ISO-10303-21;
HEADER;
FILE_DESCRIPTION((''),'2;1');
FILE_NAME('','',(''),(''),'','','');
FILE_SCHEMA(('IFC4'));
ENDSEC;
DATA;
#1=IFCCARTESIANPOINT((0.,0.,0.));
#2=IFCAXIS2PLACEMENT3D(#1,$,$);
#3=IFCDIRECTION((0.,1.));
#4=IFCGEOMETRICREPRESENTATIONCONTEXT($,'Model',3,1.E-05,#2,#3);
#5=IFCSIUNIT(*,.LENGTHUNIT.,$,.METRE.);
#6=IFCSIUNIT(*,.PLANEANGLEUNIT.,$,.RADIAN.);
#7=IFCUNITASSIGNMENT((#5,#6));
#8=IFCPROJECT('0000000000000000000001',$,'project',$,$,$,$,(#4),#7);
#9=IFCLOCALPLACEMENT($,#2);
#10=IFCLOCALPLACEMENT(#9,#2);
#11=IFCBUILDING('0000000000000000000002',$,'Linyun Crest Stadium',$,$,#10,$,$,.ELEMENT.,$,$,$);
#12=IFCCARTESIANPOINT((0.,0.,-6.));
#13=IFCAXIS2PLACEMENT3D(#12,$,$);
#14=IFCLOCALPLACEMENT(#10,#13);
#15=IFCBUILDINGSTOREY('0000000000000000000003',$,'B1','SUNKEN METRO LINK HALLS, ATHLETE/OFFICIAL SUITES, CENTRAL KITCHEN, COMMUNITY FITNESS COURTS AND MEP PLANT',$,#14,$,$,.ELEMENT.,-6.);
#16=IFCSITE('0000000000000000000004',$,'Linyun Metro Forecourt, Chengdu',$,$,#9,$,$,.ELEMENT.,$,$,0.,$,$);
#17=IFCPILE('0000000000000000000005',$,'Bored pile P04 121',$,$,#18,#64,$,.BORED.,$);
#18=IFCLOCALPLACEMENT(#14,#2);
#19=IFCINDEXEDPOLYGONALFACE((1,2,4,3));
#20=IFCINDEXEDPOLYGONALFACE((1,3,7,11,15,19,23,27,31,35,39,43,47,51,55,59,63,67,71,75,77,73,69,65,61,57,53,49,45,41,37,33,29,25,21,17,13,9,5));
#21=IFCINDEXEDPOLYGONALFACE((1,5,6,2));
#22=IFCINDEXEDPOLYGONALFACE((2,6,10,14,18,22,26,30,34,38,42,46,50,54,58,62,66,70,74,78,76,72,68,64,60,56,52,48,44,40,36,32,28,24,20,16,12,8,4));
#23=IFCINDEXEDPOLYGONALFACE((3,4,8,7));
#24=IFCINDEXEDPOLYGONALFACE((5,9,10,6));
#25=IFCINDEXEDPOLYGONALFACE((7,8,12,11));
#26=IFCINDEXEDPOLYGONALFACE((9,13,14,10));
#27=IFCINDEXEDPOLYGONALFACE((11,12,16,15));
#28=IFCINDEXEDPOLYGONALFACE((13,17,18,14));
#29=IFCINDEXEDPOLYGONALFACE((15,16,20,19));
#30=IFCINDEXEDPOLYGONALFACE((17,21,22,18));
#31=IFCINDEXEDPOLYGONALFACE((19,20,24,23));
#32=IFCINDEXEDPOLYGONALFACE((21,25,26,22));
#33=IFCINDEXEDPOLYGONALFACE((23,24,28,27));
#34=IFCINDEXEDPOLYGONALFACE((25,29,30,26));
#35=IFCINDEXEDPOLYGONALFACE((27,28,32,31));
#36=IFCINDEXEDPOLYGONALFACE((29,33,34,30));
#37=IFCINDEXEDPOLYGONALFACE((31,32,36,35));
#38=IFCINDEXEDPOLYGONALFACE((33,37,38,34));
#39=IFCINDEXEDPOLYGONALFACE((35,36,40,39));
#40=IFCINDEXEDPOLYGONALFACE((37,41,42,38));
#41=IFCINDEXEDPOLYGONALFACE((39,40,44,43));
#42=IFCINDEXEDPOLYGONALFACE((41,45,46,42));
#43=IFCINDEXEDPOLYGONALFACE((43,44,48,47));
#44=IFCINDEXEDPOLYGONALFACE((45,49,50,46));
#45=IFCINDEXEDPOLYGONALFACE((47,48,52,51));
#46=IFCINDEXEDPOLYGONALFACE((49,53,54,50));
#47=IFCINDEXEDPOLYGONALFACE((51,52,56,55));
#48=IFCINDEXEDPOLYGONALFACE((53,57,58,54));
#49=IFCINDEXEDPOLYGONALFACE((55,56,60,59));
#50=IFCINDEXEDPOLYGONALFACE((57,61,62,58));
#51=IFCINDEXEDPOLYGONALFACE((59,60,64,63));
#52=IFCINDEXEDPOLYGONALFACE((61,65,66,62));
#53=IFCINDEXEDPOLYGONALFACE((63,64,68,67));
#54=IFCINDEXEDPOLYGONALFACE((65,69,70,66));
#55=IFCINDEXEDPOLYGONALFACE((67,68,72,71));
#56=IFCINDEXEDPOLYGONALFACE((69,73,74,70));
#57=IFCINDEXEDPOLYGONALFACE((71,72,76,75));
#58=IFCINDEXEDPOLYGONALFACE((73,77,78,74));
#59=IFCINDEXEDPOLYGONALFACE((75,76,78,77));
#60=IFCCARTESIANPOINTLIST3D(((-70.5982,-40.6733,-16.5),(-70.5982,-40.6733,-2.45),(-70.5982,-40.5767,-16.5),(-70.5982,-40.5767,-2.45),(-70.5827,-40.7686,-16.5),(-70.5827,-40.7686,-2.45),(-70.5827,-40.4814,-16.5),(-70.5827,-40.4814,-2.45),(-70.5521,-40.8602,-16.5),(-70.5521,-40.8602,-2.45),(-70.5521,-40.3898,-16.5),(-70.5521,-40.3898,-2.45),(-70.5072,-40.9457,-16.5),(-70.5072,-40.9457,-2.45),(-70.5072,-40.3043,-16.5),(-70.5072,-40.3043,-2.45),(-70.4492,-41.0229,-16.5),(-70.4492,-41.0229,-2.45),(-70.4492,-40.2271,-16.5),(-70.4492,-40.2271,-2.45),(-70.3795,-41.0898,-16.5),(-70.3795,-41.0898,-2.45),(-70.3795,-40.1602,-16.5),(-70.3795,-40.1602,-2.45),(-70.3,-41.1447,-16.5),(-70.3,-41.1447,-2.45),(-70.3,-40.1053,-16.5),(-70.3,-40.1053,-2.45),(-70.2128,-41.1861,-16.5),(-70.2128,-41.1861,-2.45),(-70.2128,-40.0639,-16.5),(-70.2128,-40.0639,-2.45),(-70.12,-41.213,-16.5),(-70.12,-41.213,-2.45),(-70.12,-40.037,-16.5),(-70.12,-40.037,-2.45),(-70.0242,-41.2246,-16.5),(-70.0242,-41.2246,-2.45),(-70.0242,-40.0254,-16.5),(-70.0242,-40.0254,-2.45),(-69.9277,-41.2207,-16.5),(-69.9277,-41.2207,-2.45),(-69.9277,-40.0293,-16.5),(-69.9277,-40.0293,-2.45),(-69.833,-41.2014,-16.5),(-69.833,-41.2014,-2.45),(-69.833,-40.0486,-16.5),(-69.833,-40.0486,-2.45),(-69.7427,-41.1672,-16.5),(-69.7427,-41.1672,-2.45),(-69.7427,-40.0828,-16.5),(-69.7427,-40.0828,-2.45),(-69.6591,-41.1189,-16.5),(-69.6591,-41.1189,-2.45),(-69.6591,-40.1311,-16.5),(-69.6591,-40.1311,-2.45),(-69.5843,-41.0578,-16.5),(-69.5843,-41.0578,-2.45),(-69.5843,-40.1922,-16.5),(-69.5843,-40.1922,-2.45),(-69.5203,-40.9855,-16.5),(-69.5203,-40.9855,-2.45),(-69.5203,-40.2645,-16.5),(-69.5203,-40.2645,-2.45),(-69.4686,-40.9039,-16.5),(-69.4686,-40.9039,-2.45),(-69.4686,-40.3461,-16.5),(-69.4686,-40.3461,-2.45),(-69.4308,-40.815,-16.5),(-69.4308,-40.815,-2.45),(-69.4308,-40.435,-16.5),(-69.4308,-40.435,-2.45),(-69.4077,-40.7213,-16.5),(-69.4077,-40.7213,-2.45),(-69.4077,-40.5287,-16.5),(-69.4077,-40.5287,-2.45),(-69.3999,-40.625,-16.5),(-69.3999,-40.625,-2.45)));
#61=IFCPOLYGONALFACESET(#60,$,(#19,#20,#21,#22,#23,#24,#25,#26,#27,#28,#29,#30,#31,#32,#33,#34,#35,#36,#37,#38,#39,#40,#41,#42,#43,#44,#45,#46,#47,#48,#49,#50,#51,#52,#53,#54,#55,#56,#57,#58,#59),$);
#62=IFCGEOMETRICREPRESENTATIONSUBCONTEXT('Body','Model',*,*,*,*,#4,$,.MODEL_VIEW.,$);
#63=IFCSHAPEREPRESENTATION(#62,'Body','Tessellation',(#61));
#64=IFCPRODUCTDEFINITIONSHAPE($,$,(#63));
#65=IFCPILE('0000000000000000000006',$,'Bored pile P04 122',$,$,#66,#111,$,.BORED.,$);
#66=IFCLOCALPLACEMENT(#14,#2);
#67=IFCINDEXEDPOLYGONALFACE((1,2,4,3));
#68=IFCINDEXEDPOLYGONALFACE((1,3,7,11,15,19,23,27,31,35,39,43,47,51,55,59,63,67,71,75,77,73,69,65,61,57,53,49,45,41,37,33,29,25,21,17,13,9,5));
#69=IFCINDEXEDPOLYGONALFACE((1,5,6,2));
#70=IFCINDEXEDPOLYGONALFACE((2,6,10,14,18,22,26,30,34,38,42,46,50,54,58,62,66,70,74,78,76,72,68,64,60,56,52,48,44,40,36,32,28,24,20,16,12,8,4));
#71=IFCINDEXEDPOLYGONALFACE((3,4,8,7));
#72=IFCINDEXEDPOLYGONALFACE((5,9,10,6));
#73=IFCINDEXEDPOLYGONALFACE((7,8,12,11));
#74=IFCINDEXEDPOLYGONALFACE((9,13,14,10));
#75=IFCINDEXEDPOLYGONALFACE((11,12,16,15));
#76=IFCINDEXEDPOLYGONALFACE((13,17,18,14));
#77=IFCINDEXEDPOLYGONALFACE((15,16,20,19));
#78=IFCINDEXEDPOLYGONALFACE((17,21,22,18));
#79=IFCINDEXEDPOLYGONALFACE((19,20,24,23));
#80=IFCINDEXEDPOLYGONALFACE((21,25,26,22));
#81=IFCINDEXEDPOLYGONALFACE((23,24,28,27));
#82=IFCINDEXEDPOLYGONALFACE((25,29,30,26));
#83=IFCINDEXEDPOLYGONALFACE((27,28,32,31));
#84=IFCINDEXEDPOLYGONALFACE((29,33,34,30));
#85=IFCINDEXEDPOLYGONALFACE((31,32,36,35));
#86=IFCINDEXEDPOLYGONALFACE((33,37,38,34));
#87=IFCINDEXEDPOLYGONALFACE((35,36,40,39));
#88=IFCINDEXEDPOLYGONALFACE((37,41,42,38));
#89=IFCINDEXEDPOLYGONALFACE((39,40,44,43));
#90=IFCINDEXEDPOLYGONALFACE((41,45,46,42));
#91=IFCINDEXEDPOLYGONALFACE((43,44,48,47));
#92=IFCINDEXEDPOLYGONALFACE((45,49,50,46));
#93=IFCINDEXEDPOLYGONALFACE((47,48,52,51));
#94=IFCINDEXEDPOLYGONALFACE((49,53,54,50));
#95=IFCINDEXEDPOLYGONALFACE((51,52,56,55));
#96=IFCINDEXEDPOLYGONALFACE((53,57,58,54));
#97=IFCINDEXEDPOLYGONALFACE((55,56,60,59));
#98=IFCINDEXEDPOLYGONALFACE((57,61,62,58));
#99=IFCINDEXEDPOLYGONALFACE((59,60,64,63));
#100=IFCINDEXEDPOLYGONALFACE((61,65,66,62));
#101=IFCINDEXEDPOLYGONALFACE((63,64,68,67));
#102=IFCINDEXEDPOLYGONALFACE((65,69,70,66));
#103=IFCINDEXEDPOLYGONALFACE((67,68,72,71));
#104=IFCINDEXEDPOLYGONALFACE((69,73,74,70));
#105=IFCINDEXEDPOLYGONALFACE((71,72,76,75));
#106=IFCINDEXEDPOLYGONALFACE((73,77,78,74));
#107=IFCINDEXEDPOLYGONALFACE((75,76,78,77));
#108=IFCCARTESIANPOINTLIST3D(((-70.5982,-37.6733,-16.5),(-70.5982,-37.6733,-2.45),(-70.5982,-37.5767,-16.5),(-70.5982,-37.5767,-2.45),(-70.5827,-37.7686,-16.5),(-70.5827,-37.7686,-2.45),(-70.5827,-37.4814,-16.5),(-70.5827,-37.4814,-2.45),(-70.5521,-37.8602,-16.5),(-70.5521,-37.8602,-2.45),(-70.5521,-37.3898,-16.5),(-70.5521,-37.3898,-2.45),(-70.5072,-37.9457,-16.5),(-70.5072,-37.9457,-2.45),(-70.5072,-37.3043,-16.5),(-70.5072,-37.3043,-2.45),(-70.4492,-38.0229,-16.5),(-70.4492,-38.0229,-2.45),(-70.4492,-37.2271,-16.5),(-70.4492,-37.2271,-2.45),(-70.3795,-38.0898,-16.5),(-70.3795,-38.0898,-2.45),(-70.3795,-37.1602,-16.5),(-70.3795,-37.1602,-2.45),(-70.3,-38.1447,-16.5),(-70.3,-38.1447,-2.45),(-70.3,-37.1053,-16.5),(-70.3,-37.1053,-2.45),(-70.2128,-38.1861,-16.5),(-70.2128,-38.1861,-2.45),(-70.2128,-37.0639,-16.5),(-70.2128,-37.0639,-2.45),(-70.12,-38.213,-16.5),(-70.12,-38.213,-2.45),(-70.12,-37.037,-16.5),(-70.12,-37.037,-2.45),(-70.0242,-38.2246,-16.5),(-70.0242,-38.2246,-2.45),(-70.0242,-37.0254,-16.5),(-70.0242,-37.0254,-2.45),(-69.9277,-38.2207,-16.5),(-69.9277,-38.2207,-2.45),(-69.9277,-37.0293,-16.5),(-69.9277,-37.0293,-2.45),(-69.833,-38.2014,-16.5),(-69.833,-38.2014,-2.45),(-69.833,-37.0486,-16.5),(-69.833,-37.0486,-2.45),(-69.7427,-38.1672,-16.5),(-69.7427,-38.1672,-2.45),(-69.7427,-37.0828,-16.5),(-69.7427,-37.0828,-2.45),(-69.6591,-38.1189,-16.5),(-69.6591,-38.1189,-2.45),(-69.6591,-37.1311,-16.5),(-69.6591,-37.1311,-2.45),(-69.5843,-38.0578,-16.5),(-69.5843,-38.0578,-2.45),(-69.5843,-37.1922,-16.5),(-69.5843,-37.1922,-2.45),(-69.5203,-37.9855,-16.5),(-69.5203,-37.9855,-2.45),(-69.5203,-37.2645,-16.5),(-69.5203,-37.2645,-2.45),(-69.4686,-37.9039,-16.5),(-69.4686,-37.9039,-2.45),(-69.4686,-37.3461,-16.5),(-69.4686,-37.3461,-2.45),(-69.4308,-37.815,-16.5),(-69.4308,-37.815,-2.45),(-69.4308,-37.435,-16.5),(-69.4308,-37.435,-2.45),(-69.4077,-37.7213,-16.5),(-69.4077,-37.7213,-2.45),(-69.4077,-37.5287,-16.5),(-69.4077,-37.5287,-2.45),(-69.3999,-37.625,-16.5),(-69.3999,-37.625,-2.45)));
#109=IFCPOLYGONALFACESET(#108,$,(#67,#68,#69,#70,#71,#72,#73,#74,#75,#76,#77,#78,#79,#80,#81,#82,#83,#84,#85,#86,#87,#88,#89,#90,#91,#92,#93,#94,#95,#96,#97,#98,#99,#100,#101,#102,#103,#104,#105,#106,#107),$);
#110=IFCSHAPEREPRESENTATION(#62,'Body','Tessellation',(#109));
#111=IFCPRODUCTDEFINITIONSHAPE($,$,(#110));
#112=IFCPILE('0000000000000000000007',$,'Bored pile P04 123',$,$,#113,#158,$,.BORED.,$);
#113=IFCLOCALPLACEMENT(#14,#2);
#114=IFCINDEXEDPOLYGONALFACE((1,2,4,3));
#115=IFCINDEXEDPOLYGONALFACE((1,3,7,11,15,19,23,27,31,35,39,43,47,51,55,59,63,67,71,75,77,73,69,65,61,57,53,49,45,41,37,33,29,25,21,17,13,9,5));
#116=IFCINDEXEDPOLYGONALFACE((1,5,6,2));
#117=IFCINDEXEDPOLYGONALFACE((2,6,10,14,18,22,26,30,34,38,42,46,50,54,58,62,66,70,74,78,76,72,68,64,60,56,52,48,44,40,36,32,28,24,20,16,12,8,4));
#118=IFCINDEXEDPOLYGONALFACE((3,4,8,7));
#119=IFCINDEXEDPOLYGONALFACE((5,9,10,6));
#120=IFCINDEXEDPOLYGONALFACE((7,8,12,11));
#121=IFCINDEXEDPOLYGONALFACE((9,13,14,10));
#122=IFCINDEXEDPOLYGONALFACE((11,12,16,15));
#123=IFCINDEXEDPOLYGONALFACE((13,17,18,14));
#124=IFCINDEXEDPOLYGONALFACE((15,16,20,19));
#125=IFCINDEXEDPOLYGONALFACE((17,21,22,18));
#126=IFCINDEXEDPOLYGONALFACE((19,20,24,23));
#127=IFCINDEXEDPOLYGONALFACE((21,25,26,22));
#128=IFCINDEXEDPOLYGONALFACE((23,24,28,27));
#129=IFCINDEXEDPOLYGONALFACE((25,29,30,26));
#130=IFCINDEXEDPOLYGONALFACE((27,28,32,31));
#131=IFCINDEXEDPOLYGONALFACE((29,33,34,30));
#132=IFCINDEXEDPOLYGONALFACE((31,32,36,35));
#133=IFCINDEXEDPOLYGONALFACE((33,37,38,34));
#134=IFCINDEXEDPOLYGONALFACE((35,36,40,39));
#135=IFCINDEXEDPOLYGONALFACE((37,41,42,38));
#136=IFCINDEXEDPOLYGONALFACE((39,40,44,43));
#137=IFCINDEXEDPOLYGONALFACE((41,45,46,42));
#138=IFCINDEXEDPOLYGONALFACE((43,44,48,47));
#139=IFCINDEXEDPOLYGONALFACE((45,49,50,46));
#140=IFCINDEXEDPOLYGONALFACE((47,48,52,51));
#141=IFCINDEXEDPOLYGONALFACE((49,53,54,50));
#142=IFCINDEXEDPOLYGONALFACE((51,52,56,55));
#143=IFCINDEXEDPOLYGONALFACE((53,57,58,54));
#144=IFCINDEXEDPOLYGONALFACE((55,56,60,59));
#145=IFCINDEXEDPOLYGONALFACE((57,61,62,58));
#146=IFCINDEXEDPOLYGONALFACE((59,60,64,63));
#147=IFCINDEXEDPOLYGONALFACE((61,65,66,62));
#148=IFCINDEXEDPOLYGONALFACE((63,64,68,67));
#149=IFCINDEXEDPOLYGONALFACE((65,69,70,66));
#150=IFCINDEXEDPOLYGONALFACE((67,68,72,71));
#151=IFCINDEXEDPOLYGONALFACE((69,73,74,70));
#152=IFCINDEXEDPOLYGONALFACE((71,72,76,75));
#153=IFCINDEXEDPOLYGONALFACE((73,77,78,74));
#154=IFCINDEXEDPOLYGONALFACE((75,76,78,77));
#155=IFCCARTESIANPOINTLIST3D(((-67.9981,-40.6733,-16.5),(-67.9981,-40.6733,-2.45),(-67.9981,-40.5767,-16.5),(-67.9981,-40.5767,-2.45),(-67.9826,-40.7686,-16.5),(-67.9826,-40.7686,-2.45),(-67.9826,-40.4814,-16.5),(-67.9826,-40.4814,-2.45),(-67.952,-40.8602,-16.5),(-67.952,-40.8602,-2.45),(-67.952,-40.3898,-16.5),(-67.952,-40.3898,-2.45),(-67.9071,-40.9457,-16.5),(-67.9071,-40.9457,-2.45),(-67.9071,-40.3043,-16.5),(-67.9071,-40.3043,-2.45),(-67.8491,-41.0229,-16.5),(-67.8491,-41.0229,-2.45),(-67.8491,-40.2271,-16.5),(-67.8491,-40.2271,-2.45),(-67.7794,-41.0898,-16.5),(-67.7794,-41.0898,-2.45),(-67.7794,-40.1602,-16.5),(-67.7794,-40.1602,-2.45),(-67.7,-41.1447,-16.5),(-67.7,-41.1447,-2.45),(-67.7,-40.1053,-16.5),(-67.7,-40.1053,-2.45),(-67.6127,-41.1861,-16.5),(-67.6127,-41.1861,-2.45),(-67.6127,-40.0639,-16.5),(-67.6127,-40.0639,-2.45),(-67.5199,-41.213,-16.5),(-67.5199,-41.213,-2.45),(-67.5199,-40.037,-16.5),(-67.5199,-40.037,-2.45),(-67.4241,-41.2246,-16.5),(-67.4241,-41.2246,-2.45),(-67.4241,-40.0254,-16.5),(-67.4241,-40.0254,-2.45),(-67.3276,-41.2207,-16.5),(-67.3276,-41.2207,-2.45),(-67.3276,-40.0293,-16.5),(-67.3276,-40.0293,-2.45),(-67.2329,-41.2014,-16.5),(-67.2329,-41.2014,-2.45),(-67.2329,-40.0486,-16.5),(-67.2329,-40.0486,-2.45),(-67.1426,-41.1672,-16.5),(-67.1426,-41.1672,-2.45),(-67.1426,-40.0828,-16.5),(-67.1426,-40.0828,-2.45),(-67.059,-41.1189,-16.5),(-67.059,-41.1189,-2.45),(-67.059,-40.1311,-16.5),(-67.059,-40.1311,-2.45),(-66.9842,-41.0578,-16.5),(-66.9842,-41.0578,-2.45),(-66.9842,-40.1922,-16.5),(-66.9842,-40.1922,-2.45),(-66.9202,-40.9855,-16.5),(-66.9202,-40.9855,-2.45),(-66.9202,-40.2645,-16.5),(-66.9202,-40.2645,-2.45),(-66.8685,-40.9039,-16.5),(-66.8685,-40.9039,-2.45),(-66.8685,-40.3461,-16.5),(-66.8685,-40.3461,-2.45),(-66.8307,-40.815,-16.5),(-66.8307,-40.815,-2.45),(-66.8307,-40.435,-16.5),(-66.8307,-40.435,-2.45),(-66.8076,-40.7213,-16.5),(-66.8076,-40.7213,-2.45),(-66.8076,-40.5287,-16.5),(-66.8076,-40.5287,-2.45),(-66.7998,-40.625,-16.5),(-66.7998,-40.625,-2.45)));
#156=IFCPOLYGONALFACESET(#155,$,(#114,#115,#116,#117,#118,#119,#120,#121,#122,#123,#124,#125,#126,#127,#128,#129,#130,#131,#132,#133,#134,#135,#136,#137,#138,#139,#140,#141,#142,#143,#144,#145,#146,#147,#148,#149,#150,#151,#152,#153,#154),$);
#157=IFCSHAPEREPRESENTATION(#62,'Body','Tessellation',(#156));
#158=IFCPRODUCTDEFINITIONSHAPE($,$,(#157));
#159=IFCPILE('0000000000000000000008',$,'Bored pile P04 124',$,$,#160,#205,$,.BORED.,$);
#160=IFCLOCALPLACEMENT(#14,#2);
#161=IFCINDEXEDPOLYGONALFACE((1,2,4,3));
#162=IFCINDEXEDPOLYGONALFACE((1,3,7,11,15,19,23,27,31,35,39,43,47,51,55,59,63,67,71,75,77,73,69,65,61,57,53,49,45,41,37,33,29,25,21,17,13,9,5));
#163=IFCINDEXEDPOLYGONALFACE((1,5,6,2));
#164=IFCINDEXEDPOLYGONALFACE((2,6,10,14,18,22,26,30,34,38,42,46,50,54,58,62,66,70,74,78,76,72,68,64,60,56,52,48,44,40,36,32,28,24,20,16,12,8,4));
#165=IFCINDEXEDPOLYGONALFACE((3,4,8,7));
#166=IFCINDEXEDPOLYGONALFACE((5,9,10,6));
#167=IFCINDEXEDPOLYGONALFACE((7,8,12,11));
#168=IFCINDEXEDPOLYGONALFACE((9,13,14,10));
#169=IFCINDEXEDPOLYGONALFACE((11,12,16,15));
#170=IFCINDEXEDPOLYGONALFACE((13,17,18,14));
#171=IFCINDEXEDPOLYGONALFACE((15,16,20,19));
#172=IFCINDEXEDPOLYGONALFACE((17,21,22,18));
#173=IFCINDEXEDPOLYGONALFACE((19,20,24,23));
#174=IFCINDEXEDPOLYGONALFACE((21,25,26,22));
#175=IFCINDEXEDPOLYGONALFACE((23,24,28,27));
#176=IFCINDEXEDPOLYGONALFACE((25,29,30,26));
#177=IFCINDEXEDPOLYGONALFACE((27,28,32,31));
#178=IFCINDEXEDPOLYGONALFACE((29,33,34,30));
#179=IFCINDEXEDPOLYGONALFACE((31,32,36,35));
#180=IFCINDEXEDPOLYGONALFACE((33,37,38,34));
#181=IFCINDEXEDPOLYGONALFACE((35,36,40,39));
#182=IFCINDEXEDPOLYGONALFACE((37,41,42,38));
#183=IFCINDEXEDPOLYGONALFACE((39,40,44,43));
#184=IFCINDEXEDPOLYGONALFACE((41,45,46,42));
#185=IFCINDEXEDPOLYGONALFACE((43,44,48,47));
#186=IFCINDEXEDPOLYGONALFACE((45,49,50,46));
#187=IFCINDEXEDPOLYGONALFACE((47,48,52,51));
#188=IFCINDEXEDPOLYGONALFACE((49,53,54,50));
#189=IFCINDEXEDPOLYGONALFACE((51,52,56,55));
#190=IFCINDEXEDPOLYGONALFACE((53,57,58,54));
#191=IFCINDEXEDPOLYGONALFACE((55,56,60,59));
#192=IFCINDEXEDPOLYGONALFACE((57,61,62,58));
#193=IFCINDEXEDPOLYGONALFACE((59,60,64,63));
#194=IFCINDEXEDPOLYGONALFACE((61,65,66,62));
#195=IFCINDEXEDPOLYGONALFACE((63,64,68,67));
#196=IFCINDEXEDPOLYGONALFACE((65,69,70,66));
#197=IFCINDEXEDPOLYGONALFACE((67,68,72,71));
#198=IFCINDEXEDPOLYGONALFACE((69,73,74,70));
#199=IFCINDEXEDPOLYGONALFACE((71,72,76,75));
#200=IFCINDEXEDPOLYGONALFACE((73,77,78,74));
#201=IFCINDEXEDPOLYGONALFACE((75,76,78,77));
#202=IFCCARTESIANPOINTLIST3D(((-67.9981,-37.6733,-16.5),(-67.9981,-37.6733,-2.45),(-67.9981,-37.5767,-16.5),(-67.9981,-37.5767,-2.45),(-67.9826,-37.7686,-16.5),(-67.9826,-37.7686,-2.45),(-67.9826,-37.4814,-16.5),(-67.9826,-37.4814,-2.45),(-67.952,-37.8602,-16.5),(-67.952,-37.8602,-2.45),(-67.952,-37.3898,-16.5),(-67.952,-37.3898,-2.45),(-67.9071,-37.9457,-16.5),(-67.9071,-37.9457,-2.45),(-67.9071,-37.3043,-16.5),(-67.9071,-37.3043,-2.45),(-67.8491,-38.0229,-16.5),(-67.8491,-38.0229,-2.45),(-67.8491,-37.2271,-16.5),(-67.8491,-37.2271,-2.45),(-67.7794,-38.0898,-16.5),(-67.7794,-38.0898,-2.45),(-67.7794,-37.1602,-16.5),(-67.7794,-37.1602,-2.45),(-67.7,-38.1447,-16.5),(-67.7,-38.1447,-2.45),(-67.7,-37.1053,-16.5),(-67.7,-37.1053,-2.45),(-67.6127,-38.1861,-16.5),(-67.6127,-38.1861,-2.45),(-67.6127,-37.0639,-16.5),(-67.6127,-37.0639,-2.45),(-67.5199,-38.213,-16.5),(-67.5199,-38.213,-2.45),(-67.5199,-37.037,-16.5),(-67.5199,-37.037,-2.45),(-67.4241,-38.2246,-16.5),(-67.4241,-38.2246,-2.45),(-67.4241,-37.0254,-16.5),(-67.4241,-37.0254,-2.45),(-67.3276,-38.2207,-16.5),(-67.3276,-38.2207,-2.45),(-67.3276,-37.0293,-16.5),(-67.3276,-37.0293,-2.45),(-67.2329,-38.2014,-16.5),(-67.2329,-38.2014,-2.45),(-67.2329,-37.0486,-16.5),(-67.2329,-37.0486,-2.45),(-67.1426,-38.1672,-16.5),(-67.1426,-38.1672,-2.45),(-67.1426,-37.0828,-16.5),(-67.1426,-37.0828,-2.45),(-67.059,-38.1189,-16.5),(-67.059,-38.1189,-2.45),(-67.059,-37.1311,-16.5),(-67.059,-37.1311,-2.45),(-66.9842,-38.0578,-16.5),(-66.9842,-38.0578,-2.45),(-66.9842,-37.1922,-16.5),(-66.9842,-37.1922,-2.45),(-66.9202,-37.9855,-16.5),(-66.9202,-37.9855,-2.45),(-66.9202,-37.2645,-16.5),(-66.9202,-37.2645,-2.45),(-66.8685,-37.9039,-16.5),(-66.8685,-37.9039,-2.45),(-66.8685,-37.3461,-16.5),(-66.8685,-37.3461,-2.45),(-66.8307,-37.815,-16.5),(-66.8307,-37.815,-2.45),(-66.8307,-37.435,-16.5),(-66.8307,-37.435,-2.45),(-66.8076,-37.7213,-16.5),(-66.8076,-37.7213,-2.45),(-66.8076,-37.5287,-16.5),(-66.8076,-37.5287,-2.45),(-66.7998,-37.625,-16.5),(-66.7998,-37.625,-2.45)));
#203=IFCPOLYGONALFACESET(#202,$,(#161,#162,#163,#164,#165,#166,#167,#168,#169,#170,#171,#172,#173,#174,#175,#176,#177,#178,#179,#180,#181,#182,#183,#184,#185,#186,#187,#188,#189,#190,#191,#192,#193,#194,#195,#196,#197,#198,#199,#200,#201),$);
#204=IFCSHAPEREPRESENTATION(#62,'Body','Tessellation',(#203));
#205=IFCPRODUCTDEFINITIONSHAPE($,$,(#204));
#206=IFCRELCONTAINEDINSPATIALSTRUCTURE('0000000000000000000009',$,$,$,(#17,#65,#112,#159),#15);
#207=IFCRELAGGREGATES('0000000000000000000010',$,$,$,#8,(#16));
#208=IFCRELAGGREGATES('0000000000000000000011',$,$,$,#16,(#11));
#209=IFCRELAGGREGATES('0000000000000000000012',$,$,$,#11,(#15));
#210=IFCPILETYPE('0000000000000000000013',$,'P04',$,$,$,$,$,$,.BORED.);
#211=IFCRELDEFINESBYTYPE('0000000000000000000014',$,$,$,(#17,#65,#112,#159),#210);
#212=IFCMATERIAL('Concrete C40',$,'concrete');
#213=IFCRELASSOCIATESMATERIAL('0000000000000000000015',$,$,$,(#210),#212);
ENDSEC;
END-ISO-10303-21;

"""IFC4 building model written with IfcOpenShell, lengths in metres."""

from ifc_helpers import new_model, si_unit, direction, frame, origin, origin_2d, place, context, subcontext, project, spatial, circle, extrude, material, material_profile, profile_set, type_object, element, save


model = new_model("IFC4")

# Units and contexts
model_context = context("Model", 3, precision=1e-05, world=origin(), true_north=direction((0.0, 1.0)))
body_context = subcontext(model_context, "Body", "Model", "MODEL_VIEW")
ifc_project = project(units=[si_unit("LENGTHUNIT", "METRE"), si_unit("PLANEANGLEUNIT", "RADIAN")], contexts=[model_context])

# Site, building, storey
site_placement = place(None, origin())
site = spatial("IfcSite", under=ifc_project, at=site_placement, Name="Linyun Metro Forecourt, Chengdu", CompositionType="ELEMENT", RefElevation=0.0)
building_placement = place(site_placement, origin())
building = spatial("IfcBuilding", under=site, at=building_placement, Name="Linyun Crest Stadium", CompositionType="ELEMENT")
storey_placement = place(building_placement, frame((0.0, 0.0, -6.0)))
storey = spatial("IfcBuildingStorey", under=building, at=storey_placement, Name="B1", Description="SUNKEN METRO LINK HALLS, ATHLETE/OFFICIAL SUITES, CENTRAL KITCHEN, COMMUNITY FITNESS COURTS AND MEP PLANT", CompositionType="ELEMENT", Elevation=-6.0)

# Piles
ifc_material_1 = material(Name="Concrete C40", Category="concrete")
ifc_material_profile_1 = material_profile(ifc_material_1, circle(Radius=0.6001, at=origin_2d()), Name="BORED PILE 1200")
ifc_profile_set_1 = profile_set([ifc_material_profile_1], Name="Concrete C40")
pile_type = type_object("IfcPileType", Name="P04", PredefinedType="BORED", material=ifc_profile_set_1)
for number, where, z_axis, x_axis, name in (
    (1, (-70.0, -40.625, -2.45), (0.0, 0.0, -1.0), (1.0, 0.0, 0.0), "Bored pile P04 121"),
    (2, (-70.0, -37.625, -2.45), (0.0, 0.0, -1.0), (1.0, 0.0, 0.0), "Bored pile P04 122"),
    (3, (-67.3999, -40.625, -2.45), (0.0, 0.0, -1.0), (1.0, 0.0, 0.0), "Bored pile P04 123"),
    (4, (-67.3999, -37.625, -2.45), (0.0, 0.0, -1.0), (1.0, 0.0, 0.0), "Bored pile P04 124"),
):
    element("IfcPile", number, at=place(storey_placement, frame(where, z_axis=z_axis, x_axis=x_axis)), inside=storey, type_object=pile_type, Name=name, PredefinedType="BORED", context=body_context, shape_type="SweptSolid", body=[
        extrude(circle(Radius=0.6001, at=origin_2d()), origin(), (0.0, 0.0, 1.0), 14.05),
    ])

save(model, "model.ifc")
